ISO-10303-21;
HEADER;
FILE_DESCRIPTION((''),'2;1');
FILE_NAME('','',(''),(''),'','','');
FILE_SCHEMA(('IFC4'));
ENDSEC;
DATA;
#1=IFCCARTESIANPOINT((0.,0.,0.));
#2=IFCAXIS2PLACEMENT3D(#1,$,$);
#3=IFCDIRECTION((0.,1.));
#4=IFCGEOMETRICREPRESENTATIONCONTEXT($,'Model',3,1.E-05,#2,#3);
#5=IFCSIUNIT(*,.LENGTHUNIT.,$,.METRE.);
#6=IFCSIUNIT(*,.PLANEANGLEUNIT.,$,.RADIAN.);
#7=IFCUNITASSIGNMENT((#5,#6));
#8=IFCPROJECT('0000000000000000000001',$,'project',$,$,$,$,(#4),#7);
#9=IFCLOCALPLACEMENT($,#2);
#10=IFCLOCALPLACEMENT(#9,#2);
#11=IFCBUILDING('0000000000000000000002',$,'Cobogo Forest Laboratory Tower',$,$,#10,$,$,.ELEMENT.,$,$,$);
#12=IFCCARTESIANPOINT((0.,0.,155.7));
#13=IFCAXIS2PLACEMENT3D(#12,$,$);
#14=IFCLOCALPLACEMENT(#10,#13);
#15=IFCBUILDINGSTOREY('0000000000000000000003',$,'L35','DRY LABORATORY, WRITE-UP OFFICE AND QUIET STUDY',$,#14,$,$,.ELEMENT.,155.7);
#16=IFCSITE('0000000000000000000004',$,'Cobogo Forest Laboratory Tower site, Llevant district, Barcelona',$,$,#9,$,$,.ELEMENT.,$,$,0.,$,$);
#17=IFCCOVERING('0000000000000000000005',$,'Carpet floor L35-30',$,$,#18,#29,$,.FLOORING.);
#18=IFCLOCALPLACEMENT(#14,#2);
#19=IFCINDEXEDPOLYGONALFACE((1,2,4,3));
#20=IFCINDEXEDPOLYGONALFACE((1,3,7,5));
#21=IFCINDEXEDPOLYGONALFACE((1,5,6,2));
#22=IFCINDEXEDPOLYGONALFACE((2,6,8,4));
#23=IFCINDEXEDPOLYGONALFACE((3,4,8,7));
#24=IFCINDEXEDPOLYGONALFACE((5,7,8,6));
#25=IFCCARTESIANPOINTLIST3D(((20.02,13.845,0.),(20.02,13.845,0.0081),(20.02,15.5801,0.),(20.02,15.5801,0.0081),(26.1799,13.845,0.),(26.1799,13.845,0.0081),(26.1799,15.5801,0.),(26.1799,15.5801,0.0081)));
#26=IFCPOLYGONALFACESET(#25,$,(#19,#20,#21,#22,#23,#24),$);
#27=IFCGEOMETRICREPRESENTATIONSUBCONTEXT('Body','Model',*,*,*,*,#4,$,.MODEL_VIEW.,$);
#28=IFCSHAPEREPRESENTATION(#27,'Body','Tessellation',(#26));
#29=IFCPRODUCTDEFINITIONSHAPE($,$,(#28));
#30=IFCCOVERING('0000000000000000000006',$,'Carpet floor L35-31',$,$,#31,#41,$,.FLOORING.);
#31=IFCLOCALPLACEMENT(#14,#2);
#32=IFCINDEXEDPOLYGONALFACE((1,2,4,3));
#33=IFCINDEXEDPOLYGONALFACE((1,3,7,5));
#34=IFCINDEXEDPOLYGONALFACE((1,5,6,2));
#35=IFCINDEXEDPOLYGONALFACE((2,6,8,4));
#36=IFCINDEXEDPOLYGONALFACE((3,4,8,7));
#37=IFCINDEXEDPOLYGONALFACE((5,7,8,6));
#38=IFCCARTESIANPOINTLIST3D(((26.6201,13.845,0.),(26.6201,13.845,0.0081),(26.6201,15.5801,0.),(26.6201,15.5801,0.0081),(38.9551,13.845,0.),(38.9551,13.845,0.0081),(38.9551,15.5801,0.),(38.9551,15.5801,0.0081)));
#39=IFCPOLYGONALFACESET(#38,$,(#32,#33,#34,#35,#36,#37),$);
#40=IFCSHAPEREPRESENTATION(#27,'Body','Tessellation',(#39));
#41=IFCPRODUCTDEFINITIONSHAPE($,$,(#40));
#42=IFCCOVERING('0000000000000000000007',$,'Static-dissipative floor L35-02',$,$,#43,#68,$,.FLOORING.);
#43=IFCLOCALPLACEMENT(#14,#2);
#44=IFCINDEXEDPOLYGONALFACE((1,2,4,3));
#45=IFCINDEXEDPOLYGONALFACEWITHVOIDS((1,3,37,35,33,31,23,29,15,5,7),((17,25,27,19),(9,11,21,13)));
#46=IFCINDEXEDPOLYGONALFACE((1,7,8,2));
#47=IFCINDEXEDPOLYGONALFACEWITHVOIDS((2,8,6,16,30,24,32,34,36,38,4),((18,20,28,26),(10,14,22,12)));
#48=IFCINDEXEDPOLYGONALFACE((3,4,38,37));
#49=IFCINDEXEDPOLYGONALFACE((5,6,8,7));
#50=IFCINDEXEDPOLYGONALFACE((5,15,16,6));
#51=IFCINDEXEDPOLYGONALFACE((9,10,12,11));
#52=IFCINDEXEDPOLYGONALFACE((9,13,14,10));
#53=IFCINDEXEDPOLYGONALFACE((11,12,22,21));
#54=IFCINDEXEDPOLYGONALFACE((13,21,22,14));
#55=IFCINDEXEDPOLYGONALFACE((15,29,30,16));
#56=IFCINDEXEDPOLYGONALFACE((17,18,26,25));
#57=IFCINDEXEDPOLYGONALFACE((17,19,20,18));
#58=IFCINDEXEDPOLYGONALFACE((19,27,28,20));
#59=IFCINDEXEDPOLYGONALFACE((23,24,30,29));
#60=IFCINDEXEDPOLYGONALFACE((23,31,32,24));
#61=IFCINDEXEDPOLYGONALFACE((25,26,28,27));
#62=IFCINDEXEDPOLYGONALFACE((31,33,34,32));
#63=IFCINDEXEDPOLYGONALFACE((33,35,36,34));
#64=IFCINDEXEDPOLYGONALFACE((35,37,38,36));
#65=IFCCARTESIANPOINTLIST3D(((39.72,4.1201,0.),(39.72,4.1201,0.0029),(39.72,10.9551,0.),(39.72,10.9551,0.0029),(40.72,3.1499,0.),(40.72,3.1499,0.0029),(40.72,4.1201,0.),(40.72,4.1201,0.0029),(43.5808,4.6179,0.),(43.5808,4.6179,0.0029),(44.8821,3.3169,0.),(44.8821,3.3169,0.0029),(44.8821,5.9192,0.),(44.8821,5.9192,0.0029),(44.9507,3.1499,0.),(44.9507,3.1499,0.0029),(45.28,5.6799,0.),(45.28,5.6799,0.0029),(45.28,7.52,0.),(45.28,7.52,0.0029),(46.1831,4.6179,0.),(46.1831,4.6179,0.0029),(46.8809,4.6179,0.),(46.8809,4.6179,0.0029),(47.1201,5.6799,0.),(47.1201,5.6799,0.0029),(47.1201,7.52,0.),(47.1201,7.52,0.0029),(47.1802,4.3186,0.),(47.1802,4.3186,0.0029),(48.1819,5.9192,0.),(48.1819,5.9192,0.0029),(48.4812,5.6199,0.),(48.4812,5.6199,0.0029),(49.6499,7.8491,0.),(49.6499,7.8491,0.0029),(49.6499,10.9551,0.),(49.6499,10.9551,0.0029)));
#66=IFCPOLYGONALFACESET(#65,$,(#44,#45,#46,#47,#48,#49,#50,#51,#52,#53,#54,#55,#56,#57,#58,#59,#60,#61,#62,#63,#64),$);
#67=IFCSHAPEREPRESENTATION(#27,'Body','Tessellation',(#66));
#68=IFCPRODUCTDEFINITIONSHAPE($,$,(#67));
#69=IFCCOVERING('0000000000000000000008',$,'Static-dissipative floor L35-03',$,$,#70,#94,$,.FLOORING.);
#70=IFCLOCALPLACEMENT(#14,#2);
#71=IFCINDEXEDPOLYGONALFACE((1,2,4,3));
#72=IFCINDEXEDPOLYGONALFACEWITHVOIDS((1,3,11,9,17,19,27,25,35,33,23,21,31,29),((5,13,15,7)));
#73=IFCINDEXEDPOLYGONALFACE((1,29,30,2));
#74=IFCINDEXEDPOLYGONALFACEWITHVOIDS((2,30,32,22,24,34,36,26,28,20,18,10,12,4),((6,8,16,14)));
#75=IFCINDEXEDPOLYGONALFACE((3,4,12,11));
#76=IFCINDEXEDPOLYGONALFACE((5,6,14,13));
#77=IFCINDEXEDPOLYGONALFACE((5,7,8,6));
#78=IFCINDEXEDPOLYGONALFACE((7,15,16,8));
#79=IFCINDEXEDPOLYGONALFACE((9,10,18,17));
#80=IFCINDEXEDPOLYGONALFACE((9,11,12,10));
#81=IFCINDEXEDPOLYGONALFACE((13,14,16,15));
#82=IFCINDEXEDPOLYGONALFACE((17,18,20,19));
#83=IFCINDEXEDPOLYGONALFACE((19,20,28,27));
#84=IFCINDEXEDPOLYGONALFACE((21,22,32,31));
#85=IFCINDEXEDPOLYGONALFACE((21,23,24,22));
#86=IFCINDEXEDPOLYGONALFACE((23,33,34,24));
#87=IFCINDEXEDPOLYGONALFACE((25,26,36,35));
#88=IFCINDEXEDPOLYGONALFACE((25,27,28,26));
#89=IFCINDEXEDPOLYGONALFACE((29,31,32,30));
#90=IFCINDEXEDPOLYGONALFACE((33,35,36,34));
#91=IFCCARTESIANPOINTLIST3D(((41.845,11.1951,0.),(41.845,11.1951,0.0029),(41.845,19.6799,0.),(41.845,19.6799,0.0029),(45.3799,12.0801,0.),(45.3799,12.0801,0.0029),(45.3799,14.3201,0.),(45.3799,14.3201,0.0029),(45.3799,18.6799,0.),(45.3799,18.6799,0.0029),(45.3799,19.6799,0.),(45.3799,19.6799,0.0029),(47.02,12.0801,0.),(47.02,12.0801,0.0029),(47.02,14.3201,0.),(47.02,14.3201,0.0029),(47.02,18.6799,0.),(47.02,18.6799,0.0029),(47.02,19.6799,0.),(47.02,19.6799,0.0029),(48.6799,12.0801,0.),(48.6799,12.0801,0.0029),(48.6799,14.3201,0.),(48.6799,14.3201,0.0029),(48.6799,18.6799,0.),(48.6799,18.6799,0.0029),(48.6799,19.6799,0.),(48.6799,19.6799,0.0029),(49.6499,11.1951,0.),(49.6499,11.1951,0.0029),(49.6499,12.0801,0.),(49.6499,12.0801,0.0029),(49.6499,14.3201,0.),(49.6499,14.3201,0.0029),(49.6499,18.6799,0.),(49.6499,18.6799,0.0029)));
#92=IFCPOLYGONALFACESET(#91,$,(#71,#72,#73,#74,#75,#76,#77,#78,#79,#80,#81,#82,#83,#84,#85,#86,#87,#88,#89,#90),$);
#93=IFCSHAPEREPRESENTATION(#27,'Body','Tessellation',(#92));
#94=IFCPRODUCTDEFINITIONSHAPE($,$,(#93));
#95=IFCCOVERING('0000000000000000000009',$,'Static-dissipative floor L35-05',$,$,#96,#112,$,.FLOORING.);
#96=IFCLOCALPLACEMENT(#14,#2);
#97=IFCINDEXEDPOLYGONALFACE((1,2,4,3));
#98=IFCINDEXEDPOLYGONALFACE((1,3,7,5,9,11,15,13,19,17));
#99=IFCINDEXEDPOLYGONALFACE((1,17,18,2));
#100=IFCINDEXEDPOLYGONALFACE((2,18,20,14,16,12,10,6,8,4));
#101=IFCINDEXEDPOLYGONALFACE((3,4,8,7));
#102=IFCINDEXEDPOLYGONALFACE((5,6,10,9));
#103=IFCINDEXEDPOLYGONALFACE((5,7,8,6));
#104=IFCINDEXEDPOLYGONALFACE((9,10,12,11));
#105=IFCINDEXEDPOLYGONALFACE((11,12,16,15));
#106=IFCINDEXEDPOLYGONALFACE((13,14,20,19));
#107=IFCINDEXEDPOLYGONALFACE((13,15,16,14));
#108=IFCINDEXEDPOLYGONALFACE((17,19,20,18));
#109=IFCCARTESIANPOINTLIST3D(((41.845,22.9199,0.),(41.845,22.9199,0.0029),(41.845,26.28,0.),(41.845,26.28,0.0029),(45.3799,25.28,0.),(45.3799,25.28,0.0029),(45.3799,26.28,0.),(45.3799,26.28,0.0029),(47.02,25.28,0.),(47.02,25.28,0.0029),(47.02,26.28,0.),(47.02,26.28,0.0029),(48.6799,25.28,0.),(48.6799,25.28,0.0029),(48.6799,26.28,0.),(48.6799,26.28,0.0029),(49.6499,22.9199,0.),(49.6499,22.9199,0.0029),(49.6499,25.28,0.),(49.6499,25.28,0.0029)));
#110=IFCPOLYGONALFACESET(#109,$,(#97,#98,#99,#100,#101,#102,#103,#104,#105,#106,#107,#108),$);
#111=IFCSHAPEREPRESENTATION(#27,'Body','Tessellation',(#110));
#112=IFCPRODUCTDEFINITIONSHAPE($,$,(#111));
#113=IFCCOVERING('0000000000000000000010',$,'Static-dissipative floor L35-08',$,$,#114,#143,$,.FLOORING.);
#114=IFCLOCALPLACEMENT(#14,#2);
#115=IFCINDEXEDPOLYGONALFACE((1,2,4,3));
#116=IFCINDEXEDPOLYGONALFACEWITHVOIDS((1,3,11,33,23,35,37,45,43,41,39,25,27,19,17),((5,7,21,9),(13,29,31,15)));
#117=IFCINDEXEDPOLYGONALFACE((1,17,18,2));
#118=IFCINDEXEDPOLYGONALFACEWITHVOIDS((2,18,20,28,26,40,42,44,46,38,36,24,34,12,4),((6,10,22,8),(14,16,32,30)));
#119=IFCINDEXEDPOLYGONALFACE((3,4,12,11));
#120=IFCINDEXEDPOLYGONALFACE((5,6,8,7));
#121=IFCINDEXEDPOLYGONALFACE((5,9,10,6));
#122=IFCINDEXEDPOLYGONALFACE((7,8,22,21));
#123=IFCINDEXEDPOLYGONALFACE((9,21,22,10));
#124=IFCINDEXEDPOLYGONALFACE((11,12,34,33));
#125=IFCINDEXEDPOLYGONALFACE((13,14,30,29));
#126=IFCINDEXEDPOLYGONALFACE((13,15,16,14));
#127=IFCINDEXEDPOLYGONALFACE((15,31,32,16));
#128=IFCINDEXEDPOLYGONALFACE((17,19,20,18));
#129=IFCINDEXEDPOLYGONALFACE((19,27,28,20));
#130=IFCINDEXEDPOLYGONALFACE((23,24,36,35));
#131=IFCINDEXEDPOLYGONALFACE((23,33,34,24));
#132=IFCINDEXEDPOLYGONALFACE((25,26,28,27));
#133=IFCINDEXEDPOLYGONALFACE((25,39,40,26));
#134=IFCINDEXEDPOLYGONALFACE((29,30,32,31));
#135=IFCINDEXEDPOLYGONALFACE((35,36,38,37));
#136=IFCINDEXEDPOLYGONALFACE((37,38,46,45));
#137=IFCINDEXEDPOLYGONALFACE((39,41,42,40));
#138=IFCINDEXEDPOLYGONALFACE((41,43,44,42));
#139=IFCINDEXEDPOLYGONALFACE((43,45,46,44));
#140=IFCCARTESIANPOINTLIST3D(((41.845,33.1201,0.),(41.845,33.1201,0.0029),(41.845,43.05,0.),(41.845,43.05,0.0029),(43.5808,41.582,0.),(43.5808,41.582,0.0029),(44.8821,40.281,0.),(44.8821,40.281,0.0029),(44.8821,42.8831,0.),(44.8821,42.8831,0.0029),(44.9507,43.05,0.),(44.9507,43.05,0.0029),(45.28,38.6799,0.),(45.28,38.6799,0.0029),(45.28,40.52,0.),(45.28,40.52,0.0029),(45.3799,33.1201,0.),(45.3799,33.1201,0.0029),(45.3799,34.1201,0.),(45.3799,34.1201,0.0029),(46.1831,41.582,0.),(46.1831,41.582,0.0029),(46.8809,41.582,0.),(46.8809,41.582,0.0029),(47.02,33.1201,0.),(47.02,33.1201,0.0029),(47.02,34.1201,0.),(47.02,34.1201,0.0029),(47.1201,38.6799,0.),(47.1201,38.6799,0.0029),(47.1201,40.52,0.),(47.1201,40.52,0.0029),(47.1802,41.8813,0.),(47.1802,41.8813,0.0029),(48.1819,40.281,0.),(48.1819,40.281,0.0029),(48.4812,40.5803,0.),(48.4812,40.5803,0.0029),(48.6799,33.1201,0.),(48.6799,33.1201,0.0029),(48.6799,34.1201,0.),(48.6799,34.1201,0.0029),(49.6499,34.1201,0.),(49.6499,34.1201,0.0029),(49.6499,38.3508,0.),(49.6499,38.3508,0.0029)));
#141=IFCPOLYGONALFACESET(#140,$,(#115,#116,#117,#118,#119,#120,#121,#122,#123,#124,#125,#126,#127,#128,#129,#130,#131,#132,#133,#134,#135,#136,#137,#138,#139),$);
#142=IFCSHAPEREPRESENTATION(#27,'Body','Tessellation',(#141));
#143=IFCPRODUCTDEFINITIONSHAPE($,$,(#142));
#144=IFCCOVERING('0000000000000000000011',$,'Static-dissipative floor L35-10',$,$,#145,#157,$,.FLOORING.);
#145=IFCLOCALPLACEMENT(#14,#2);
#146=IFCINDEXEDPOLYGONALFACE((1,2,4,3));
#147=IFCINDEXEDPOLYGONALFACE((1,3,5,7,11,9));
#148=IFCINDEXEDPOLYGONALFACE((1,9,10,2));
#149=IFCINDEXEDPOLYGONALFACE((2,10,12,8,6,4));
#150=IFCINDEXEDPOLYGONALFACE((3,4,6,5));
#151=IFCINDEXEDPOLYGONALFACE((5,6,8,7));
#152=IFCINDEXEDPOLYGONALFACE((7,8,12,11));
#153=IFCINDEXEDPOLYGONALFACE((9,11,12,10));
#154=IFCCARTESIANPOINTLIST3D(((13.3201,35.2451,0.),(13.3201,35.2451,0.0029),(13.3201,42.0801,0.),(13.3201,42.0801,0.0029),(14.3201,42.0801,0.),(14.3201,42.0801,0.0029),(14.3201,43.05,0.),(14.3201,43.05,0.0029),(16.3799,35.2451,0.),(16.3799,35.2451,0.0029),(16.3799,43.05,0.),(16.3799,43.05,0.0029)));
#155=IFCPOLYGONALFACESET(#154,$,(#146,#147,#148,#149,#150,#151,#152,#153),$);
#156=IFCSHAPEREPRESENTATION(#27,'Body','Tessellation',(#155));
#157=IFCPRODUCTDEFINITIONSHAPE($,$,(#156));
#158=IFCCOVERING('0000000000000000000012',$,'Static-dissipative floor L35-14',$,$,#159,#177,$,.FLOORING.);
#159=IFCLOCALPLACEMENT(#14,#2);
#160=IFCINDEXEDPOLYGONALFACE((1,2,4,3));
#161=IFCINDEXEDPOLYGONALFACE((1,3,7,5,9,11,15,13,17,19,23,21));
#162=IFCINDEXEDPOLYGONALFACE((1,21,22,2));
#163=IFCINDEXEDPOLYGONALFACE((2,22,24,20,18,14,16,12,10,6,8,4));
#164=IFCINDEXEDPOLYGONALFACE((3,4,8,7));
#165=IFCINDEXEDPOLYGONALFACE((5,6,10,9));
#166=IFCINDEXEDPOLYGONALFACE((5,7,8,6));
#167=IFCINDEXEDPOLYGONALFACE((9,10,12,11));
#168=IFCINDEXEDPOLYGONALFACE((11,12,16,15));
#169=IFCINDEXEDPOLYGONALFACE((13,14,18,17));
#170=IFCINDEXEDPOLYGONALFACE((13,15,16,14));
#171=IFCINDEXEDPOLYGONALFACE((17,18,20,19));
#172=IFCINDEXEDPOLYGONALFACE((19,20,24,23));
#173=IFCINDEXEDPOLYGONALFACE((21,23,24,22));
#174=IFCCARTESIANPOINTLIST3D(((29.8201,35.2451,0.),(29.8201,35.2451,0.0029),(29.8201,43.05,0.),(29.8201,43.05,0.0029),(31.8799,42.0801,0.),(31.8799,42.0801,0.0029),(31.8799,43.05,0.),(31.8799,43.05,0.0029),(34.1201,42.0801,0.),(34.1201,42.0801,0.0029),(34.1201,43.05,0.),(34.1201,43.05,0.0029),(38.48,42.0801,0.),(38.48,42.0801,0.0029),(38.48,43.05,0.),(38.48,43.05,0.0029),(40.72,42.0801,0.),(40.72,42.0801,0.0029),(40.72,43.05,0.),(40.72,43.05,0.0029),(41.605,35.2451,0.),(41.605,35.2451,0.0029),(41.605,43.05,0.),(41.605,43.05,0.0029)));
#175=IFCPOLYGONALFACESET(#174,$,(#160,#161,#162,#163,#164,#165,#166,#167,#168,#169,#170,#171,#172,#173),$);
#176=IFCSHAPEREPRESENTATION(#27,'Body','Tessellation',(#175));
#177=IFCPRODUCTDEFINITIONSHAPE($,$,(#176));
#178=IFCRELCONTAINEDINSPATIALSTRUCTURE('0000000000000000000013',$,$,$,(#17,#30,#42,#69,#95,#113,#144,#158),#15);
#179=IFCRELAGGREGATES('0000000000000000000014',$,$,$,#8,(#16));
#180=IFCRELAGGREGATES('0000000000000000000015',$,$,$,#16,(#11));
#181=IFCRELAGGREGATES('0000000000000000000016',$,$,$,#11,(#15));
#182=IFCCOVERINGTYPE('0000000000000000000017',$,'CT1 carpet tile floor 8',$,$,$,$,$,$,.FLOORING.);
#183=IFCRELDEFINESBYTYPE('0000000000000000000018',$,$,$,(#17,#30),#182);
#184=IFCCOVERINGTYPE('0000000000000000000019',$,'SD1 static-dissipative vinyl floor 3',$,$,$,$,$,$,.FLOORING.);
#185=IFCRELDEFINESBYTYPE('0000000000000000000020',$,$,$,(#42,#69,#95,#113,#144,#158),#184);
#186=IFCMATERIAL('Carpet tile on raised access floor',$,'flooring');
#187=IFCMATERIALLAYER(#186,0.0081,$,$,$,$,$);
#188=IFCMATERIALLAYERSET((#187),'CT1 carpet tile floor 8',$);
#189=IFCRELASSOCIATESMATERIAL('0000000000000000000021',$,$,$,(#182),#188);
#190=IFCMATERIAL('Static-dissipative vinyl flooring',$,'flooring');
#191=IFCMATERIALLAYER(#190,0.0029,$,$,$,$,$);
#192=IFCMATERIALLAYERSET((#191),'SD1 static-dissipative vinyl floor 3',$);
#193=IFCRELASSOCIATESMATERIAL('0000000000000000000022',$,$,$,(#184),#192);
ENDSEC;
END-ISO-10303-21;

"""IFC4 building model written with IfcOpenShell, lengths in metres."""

from ifc_helpers import new_model, si_unit, direction, frame, origin, place, context, subcontext, project, spatial, polyline, outline, extrude, material, layer, layer_set, type_object, element, save


model = new_model("IFC4")

# Units and contexts
model_context = context("Model", 3, precision=1e-05, world=origin(), true_north=direction((0.0, 1.0)))
body_context = subcontext(model_context, "Body", "Model", "MODEL_VIEW")
ifc_project = project(units=[si_unit("LENGTHUNIT", "METRE"), si_unit("PLANEANGLEUNIT", "RADIAN")], contexts=[model_context])

# Site, building, storey
site_placement = place(None, origin())
site = spatial("IfcSite", under=ifc_project, at=site_placement, Name="Cobogo Forest Laboratory Tower site, Llevant district, Barcelona", CompositionType="ELEMENT", RefElevation=0.0)
building_placement = place(site_placement, origin())
building = spatial("IfcBuilding", under=site, at=building_placement, Name="Cobogo Forest Laboratory Tower", CompositionType="ELEMENT")
storey_placement = place(building_placement, frame((0.0, 0.0, 155.7)))
storey = spatial("IfcBuildingStorey", under=building, at=storey_placement, Name="L35", Description="DRY LABORATORY, WRITE-UP OFFICE AND QUIET STUDY", CompositionType="ELEMENT", Elevation=155.7)

# Coverings
ifc_material_1 = material(Name="Carpet tile on raised access floor", Category="flooring")
ifc_layer_1 = layer(ifc_material_1, 0.0081)
ifc_layer_set_1 = layer_set([ifc_layer_1], Name="CT1 carpet tile floor 8")
covering_type_1 = type_object("IfcCoveringType", Name="CT1 carpet tile floor 8", PredefinedType="FLOORING", material=ifc_layer_set_1)
covering_1_placement = place(storey_placement, origin())
element("IfcCovering", 1, at=covering_1_placement, inside=storey, type_object=covering_type_1, Name="Carpet floor L35-30", PredefinedType="FLOORING", context=body_context, shape_type="SweptSolid", body=[
    extrude(outline(polyline([(26.1799, 13.845), (20.02, 13.845), (20.02, 15.5801), (26.1799, 15.5801), (26.1799, 13.845)])), origin(), (0.0, 0.0, 1.0), 0.0081),
])
covering_2_placement = place(storey_placement, origin())
element("IfcCovering", 2, at=covering_2_placement, inside=storey, type_object=covering_type_1, Name="Carpet floor L35-31", PredefinedType="FLOORING", context=body_context, shape_type="SweptSolid", body=[
    extrude(outline(polyline([(38.9551, 13.845), (26.6201, 13.845), (26.6201, 15.5801), (38.9551, 15.5801), (38.9551, 13.845)])), origin(), (0.0, 0.0, 1.0), 0.0081),
])
ifc_material_2 = material(Name="Static-dissipative vinyl flooring", Category="flooring")
ifc_layer_2 = layer(ifc_material_2, 0.0029)
ifc_layer_set_2 = layer_set([ifc_layer_2], Name="SD1 static-dissipative vinyl floor 3")
covering_type_2 = type_object("IfcCoveringType", Name="SD1 static-dissipative vinyl floor 3", PredefinedType="FLOORING", material=ifc_layer_set_2)
covering_3_placement = place(storey_placement, origin())
element("IfcCovering", 3, at=covering_3_placement, inside=storey, type_object=covering_type_2, Name="Static-dissipative floor L35-02", PredefinedType="FLOORING", context=body_context, shape_type="SweptSolid", body=[
    extrude(outline(polyline([(49.6499, 10.9551), (49.6499, 7.8491), (48.4812, 5.6199), (48.1819, 5.9192), (46.8809, 4.6179), (47.1802, 4.3186), (44.9507, 3.1499), (40.72, 3.1499), (40.72, 4.1201), (39.72, 4.1201), (39.72, 10.9551), (49.6499, 10.9551)]), holes=[polyline([(45.28, 5.6799), (47.1201, 5.6799), (47.1201, 7.52), (45.28, 7.52), (45.28, 5.6799)]), polyline([(44.8821, 3.3169), (46.1831, 4.6179), (44.8821, 5.9192), (43.5808, 4.6179), (44.8821, 3.3169)])]), origin(), (0.0, 0.0, 1.0), 0.0029),
])
covering_4_placement = place(storey_placement, origin())
element("IfcCovering", 4, at=covering_4_placement, inside=storey, type_object=covering_type_2, Name="Static-dissipative floor L35-03", PredefinedType="FLOORING", context=body_context, shape_type="SweptSolid", body=[
    extrude(outline(polyline([(41.845, 19.6799), (45.3799, 19.6799), (45.3799, 18.6799), (47.02, 18.6799), (47.02, 19.6799), (48.6799, 19.6799), (48.6799, 18.6799), (49.6499, 18.6799), (49.6499, 14.3201), (48.6799, 14.3201), (48.6799, 12.0801), (49.6499, 12.0801), (49.6499, 11.1951), (41.845, 11.1951), (41.845, 19.6799)]), holes=[polyline([(47.02, 12.0801), (47.02, 14.3201), (45.3799, 14.3201), (45.3799, 12.0801), (47.02, 12.0801)])]), origin(), (0.0, 0.0, 1.0), 0.0029),
])
covering_5_placement = place(storey_placement, origin())
element("IfcCovering", 5, at=covering_5_placement, inside=storey, type_object=covering_type_2, Name="Static-dissipative floor L35-05", PredefinedType="FLOORING", context=body_context, shape_type="SweptSolid", body=[
    extrude(outline(polyline([(41.845, 26.28), (45.3799, 26.28), (45.3799, 25.28), (47.02, 25.28), (47.02, 26.28), (48.6799, 26.28), (48.6799, 25.28), (49.6499, 25.28), (49.6499, 22.9199), (41.845, 22.9199), (41.845, 26.28)])), origin(), (0.0, 0.0, 1.0), 0.0029),
])
covering_6_placement = place(storey_placement, origin())
element("IfcCovering", 6, at=covering_6_placement, inside=storey, type_object=covering_type_2, Name="Static-dissipative floor L35-08", PredefinedType="FLOORING", context=body_context, shape_type="SweptSolid", body=[
    extrude(outline(polyline([(41.845, 43.05), (44.9507, 43.05), (47.1802, 41.8813), (46.8809, 41.582), (48.1819, 40.281), (48.4812, 40.5803), (49.6499, 38.3508), (49.6499, 34.1201), (48.6799, 34.1201), (48.6799, 33.1201), (47.02, 33.1201), (47.02, 34.1201), (45.3799, 34.1201), (45.3799, 33.1201), (41.845, 33.1201), (41.845, 43.05)]), holes=[polyline([(45.28, 40.52), (45.28, 38.6799), (47.1201, 38.6799), (47.1201, 40.52), (45.28, 40.52)]), polyline([(44.8821, 40.281), (46.1831, 41.582), (44.8821, 42.8831), (43.5808, 41.582), (44.8821, 40.281)])]), origin(), (0.0, 0.0, 1.0), 0.0029),
])
covering_7_placement = place(storey_placement, origin())
element("IfcCovering", 7, at=covering_7_placement, inside=storey, type_object=covering_type_2, Name="Static-dissipative floor L35-10", PredefinedType="FLOORING", context=body_context, shape_type="SweptSolid", body=[
    extrude(outline(polyline([(13.3201, 35.2451), (13.3201, 42.0801), (14.3201, 42.0801), (14.3201, 43.05), (16.3799, 43.05), (16.3799, 35.2451), (13.3201, 35.2451)])), origin(), (0.0, 0.0, 1.0), 0.0029),
])
covering_8_placement = place(storey_placement, origin())
element("IfcCovering", 8, at=covering_8_placement, inside=storey, type_object=covering_type_2, Name="Static-dissipative floor L35-14", PredefinedType="FLOORING", context=body_context, shape_type="SweptSolid", body=[
    extrude(outline(polyline([(29.8201, 35.2451), (29.8201, 43.05), (31.8799, 43.05), (31.8799, 42.0801), (34.1201, 42.0801), (34.1201, 43.05), (38.48, 43.05), (38.48, 42.0801), (40.72, 42.0801), (40.72, 43.05), (41.605, 43.05), (41.605, 35.2451), (29.8201, 35.2451)])), origin(), (0.0, 0.0, 1.0), 0.0029),
])

save(model, "model.ifc")
